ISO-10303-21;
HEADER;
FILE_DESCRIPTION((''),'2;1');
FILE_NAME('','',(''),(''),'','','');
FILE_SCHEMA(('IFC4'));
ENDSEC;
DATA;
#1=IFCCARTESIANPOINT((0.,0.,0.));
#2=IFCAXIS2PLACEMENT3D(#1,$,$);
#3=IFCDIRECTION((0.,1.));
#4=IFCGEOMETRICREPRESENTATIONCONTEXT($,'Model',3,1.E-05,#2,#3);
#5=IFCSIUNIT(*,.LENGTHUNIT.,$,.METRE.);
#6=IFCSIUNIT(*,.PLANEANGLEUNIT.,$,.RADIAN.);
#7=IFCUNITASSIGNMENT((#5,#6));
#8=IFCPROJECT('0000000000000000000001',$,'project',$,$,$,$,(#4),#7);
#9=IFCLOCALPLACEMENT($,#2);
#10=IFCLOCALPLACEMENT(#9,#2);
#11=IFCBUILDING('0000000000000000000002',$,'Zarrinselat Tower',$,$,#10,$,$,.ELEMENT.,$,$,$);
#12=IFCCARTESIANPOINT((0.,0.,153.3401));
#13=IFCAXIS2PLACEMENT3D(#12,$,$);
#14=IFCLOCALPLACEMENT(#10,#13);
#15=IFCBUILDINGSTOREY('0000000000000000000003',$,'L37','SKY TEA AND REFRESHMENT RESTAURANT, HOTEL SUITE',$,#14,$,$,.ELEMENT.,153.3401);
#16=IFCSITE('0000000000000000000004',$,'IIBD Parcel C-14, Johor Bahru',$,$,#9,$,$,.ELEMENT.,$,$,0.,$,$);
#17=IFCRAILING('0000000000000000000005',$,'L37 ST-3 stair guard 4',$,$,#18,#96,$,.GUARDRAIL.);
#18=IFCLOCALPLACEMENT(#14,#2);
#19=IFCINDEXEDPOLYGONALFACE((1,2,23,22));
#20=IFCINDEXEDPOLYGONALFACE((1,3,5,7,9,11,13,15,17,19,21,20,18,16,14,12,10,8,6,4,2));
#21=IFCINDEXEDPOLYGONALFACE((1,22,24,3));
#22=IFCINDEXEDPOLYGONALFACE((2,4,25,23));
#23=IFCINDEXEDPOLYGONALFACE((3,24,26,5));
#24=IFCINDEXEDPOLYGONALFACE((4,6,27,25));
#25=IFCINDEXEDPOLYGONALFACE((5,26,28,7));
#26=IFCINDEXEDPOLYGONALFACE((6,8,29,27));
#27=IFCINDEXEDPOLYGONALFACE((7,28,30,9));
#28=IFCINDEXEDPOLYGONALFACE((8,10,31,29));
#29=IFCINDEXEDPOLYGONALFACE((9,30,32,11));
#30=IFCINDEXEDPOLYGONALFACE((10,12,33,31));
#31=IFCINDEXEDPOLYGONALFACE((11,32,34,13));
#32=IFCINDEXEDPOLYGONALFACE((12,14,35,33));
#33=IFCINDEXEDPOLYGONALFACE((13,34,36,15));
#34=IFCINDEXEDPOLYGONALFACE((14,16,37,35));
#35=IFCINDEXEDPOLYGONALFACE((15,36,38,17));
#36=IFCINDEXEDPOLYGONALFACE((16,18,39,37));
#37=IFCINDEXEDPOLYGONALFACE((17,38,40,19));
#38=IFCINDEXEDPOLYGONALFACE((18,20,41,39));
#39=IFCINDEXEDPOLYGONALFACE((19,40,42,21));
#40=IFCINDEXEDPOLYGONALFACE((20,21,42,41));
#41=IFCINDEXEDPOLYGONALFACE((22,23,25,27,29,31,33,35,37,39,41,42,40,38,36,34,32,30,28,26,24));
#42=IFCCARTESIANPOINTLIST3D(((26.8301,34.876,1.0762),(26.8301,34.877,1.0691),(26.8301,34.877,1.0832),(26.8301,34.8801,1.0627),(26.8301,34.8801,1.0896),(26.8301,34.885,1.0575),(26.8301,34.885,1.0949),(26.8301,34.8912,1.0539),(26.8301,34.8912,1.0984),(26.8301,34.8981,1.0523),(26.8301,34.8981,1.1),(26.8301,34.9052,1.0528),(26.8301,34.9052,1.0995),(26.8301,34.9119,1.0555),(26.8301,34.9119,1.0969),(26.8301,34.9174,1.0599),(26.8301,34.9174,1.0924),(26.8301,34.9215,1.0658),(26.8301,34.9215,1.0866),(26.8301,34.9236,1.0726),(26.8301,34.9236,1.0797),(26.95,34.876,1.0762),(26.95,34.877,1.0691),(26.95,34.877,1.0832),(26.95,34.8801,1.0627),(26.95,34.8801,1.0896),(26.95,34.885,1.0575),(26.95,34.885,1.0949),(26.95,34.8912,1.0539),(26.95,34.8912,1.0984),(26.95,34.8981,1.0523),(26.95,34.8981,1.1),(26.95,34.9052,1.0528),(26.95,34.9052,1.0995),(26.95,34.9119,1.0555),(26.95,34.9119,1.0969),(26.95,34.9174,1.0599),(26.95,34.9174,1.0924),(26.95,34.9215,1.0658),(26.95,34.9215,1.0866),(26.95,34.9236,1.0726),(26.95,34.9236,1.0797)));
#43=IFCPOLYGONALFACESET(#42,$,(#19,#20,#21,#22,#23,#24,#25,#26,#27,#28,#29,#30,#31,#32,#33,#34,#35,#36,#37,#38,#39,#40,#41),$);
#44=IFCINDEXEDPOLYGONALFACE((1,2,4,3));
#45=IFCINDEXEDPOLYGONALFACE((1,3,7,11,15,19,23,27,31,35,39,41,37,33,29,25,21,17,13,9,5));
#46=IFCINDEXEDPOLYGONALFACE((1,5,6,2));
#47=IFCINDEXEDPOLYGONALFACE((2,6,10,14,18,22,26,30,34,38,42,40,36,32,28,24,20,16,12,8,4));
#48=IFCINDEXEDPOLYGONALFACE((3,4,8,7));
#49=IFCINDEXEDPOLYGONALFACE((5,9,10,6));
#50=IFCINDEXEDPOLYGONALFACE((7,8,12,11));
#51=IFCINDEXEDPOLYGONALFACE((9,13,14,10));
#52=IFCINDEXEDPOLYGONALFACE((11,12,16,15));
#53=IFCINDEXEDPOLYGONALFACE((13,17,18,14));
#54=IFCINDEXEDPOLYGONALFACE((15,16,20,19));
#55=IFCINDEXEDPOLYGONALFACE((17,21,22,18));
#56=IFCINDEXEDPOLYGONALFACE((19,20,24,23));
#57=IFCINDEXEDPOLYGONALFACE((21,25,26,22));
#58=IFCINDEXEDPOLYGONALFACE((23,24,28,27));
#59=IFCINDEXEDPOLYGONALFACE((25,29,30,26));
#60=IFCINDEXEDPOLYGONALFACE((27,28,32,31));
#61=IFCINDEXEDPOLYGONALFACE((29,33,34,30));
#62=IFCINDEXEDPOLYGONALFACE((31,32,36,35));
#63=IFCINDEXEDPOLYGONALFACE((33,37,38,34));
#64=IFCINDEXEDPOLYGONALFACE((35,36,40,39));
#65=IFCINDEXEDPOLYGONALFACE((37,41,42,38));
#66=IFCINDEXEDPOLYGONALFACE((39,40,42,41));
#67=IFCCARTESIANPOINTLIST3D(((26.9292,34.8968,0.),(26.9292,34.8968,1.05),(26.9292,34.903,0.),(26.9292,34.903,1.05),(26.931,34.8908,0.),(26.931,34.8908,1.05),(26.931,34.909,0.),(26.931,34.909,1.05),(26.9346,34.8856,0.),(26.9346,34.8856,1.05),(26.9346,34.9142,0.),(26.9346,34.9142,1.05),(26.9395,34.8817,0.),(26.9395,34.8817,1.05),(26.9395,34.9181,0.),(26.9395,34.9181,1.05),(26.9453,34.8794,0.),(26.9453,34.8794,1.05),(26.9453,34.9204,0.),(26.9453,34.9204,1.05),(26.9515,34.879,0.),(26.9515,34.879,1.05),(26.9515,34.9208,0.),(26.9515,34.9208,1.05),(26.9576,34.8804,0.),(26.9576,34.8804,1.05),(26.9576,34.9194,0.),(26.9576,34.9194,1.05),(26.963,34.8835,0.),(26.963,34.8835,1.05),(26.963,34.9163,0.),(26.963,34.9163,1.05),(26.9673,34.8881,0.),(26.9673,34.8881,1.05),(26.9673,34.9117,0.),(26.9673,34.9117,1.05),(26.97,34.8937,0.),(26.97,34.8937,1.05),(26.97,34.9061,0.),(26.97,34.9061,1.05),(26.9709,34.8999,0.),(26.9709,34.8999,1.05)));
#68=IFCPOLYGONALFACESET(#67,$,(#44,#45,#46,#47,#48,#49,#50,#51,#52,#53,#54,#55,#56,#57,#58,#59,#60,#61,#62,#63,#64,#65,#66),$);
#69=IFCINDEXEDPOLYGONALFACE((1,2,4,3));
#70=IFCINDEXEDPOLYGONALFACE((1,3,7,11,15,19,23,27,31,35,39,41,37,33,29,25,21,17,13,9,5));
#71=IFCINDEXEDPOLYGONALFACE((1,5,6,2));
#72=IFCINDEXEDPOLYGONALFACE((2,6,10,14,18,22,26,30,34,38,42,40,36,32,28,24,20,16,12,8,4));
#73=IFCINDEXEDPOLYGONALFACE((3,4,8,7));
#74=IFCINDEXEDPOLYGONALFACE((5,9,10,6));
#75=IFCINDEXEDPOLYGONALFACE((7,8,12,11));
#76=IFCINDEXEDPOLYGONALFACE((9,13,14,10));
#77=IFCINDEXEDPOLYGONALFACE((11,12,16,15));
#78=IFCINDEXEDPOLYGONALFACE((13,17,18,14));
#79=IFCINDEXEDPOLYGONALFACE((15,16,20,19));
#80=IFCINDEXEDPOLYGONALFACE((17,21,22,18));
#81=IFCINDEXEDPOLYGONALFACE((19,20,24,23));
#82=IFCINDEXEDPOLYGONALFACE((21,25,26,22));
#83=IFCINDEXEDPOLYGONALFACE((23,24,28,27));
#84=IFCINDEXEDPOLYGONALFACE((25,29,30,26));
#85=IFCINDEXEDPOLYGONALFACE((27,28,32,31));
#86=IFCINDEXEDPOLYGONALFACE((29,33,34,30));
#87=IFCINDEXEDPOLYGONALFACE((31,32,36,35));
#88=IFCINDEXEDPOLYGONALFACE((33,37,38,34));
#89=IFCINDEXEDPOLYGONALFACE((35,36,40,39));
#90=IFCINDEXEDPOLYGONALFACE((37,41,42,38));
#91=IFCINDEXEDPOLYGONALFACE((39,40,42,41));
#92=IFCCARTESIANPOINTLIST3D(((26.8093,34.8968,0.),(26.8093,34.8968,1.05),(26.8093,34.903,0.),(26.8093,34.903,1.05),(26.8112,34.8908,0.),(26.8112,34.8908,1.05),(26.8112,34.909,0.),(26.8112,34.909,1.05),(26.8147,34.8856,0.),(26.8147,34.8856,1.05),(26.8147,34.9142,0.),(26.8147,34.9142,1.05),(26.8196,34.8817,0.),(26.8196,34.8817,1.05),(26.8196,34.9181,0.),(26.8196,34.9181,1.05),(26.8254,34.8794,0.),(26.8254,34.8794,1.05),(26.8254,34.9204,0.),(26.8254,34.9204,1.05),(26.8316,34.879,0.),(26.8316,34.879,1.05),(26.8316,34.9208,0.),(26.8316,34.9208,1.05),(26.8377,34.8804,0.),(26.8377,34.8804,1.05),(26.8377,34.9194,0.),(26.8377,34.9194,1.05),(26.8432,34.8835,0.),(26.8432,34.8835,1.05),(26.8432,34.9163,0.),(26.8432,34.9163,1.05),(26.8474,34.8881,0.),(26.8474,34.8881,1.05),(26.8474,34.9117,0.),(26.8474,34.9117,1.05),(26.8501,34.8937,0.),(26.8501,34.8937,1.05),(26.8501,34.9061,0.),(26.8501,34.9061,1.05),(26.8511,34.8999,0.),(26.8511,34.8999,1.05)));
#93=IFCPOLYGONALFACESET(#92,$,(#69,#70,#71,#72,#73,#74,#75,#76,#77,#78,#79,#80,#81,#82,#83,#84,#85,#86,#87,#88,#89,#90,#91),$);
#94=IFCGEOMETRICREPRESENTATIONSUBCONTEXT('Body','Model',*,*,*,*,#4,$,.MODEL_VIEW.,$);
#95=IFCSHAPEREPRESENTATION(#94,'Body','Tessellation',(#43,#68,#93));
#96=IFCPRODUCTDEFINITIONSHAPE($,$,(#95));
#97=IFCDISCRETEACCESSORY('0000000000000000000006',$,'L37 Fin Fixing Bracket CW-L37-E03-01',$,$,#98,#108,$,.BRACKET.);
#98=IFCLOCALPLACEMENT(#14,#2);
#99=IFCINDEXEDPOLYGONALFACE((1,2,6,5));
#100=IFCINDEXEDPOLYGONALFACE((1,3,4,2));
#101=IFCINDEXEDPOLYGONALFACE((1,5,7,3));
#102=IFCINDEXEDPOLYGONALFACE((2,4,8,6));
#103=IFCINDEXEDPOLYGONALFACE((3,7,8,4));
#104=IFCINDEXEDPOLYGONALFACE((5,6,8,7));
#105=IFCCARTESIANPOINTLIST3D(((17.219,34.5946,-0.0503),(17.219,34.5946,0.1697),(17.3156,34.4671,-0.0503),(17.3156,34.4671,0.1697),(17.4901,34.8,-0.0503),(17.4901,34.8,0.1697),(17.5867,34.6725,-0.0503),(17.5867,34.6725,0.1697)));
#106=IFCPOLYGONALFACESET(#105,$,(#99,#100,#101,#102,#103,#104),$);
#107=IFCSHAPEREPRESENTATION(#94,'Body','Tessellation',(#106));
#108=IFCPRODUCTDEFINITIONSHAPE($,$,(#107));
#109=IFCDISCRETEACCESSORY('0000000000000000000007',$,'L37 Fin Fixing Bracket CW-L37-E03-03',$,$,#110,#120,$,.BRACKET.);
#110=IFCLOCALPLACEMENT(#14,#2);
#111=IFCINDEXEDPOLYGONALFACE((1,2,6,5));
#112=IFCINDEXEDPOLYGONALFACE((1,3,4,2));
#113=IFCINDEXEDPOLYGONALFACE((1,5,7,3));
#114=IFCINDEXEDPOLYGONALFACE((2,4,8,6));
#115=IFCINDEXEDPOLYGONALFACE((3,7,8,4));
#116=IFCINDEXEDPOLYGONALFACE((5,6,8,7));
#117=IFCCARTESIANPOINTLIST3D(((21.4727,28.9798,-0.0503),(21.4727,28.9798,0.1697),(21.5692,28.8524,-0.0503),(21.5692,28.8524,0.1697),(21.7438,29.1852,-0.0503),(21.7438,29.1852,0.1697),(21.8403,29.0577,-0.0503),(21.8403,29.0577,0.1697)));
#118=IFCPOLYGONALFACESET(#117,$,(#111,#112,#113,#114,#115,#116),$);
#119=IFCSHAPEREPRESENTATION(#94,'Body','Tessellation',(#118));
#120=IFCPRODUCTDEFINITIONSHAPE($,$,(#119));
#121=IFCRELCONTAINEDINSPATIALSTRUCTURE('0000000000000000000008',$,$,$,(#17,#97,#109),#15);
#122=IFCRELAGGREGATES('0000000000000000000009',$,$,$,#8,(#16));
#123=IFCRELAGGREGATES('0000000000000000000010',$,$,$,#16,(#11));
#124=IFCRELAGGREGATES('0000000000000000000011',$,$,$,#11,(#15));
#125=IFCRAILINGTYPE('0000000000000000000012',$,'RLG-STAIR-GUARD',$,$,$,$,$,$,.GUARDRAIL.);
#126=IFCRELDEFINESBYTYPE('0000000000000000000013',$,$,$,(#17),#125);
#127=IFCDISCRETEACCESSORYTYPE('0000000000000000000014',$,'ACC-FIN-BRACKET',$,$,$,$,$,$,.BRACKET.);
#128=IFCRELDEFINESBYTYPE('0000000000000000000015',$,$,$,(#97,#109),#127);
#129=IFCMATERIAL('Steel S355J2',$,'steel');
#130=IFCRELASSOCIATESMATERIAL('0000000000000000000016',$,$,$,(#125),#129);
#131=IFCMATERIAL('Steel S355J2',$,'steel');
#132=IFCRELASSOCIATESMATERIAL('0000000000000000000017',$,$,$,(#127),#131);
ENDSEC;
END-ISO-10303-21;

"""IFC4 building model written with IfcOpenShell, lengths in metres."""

from ifc_helpers import new_model, si_unit, direction, frame, origin, origin_2d, place, context, subcontext, project, spatial, rectangle, circle, extrude, material, type_object, element, save


model = new_model("IFC4")

# Units and contexts
model_context = context("Model", 3, precision=1e-05, world=origin(), true_north=direction((0.0, 1.0)))
body_context = subcontext(model_context, "Body", "Model", "MODEL_VIEW")
ifc_project = project(units=[si_unit("LENGTHUNIT", "METRE"), si_unit("PLANEANGLEUNIT", "RADIAN")], contexts=[model_context])

# Site, building, storey
site_placement = place(None, origin())
site = spatial("IfcSite", under=ifc_project, at=site_placement, Name="IIBD Parcel C-14, Johor Bahru", CompositionType="ELEMENT", RefElevation=0.0)
building_placement = place(site_placement, origin())
building = spatial("IfcBuilding", under=site, at=building_placement, Name="Zarrinselat Tower", CompositionType="ELEMENT")
storey_placement = place(building_placement, frame((0.0, 0.0, 153.3401)))
storey = spatial("IfcBuildingStorey", under=building, at=storey_placement, Name="L37", Description="SKY TEA AND REFRESHMENT RESTAURANT, HOTEL SUITE", CompositionType="ELEMENT", Elevation=153.3401)

# Railing
ifc_material_1 = material(Name="Steel S355J2", Category="steel")
railing_type = type_object("IfcRailingType", Name="RLG-STAIR-GUARD", PredefinedType="GUARDRAIL", material=ifc_material_1)
railing_1_placement = place(storey_placement, frame((26.95, 34.8999, 0.0)))
element("IfcRailing", 1, at=railing_1_placement, inside=storey, type_object=railing_type, Name="L37 ST-3 stair guard 4", PredefinedType="GUARDRAIL", context=body_context, shape_type="SweptSolid", body=[
    extrude(circle(Radius=0.0239, at=origin_2d()), frame((0.0, 0.0, 1.0762), z_axis=(-1.0, 0.0, 0.0), x_axis=(0.0, -1.0, 0.0)), (0.0, 0.0, 1.0), 0.1199),
    extrude(circle(Radius=0.021, at=origin_2d()), origin(), (0.0, 0.0, 1.0), 1.05),
    extrude(circle(Radius=0.021, at=origin_2d()), frame((-0.1199, 0.0, 0.0)), (0.0, 0.0, 1.0), 1.05),
])

# Discrete accessories
ifc_material_2 = material(Name="Steel S355J2", Category="steel")
discrete_accessory_type = type_object("IfcDiscreteAccessoryType", Name="ACC-FIN-BRACKET", PredefinedType="BRACKET", material=ifc_material_2)
for number, where, z_axis, x_axis, name in (
    (2, (17.4028, 34.6335, -0.0503), (0.0, 0.0, 1.0), (-0.797093, -0.603857, 0.0), "L37 Fin Fixing Bracket CW-L37-E03-01"),
    (3, (21.6565, 29.0188, -0.0503), (0.0, 0.0, 1.0), (-0.797093, -0.603857, 0.0), "L37 Fin Fixing Bracket CW-L37-E03-03"),
):
    element("IfcDiscreteAccessory", number, at=place(storey_placement, frame(where, z_axis=z_axis, x_axis=x_axis)), inside=storey, type_object=discrete_accessory_type, Name=name, PredefinedType="BRACKET", context=body_context, shape_type="SweptSolid", body=[
        extrude(rectangle(XDim=0.3401, YDim=0.1599, at=origin_2d()), origin(), (0.0, 0.0, 1.0), 0.22),
    ])

save(model, "model.ifc")
